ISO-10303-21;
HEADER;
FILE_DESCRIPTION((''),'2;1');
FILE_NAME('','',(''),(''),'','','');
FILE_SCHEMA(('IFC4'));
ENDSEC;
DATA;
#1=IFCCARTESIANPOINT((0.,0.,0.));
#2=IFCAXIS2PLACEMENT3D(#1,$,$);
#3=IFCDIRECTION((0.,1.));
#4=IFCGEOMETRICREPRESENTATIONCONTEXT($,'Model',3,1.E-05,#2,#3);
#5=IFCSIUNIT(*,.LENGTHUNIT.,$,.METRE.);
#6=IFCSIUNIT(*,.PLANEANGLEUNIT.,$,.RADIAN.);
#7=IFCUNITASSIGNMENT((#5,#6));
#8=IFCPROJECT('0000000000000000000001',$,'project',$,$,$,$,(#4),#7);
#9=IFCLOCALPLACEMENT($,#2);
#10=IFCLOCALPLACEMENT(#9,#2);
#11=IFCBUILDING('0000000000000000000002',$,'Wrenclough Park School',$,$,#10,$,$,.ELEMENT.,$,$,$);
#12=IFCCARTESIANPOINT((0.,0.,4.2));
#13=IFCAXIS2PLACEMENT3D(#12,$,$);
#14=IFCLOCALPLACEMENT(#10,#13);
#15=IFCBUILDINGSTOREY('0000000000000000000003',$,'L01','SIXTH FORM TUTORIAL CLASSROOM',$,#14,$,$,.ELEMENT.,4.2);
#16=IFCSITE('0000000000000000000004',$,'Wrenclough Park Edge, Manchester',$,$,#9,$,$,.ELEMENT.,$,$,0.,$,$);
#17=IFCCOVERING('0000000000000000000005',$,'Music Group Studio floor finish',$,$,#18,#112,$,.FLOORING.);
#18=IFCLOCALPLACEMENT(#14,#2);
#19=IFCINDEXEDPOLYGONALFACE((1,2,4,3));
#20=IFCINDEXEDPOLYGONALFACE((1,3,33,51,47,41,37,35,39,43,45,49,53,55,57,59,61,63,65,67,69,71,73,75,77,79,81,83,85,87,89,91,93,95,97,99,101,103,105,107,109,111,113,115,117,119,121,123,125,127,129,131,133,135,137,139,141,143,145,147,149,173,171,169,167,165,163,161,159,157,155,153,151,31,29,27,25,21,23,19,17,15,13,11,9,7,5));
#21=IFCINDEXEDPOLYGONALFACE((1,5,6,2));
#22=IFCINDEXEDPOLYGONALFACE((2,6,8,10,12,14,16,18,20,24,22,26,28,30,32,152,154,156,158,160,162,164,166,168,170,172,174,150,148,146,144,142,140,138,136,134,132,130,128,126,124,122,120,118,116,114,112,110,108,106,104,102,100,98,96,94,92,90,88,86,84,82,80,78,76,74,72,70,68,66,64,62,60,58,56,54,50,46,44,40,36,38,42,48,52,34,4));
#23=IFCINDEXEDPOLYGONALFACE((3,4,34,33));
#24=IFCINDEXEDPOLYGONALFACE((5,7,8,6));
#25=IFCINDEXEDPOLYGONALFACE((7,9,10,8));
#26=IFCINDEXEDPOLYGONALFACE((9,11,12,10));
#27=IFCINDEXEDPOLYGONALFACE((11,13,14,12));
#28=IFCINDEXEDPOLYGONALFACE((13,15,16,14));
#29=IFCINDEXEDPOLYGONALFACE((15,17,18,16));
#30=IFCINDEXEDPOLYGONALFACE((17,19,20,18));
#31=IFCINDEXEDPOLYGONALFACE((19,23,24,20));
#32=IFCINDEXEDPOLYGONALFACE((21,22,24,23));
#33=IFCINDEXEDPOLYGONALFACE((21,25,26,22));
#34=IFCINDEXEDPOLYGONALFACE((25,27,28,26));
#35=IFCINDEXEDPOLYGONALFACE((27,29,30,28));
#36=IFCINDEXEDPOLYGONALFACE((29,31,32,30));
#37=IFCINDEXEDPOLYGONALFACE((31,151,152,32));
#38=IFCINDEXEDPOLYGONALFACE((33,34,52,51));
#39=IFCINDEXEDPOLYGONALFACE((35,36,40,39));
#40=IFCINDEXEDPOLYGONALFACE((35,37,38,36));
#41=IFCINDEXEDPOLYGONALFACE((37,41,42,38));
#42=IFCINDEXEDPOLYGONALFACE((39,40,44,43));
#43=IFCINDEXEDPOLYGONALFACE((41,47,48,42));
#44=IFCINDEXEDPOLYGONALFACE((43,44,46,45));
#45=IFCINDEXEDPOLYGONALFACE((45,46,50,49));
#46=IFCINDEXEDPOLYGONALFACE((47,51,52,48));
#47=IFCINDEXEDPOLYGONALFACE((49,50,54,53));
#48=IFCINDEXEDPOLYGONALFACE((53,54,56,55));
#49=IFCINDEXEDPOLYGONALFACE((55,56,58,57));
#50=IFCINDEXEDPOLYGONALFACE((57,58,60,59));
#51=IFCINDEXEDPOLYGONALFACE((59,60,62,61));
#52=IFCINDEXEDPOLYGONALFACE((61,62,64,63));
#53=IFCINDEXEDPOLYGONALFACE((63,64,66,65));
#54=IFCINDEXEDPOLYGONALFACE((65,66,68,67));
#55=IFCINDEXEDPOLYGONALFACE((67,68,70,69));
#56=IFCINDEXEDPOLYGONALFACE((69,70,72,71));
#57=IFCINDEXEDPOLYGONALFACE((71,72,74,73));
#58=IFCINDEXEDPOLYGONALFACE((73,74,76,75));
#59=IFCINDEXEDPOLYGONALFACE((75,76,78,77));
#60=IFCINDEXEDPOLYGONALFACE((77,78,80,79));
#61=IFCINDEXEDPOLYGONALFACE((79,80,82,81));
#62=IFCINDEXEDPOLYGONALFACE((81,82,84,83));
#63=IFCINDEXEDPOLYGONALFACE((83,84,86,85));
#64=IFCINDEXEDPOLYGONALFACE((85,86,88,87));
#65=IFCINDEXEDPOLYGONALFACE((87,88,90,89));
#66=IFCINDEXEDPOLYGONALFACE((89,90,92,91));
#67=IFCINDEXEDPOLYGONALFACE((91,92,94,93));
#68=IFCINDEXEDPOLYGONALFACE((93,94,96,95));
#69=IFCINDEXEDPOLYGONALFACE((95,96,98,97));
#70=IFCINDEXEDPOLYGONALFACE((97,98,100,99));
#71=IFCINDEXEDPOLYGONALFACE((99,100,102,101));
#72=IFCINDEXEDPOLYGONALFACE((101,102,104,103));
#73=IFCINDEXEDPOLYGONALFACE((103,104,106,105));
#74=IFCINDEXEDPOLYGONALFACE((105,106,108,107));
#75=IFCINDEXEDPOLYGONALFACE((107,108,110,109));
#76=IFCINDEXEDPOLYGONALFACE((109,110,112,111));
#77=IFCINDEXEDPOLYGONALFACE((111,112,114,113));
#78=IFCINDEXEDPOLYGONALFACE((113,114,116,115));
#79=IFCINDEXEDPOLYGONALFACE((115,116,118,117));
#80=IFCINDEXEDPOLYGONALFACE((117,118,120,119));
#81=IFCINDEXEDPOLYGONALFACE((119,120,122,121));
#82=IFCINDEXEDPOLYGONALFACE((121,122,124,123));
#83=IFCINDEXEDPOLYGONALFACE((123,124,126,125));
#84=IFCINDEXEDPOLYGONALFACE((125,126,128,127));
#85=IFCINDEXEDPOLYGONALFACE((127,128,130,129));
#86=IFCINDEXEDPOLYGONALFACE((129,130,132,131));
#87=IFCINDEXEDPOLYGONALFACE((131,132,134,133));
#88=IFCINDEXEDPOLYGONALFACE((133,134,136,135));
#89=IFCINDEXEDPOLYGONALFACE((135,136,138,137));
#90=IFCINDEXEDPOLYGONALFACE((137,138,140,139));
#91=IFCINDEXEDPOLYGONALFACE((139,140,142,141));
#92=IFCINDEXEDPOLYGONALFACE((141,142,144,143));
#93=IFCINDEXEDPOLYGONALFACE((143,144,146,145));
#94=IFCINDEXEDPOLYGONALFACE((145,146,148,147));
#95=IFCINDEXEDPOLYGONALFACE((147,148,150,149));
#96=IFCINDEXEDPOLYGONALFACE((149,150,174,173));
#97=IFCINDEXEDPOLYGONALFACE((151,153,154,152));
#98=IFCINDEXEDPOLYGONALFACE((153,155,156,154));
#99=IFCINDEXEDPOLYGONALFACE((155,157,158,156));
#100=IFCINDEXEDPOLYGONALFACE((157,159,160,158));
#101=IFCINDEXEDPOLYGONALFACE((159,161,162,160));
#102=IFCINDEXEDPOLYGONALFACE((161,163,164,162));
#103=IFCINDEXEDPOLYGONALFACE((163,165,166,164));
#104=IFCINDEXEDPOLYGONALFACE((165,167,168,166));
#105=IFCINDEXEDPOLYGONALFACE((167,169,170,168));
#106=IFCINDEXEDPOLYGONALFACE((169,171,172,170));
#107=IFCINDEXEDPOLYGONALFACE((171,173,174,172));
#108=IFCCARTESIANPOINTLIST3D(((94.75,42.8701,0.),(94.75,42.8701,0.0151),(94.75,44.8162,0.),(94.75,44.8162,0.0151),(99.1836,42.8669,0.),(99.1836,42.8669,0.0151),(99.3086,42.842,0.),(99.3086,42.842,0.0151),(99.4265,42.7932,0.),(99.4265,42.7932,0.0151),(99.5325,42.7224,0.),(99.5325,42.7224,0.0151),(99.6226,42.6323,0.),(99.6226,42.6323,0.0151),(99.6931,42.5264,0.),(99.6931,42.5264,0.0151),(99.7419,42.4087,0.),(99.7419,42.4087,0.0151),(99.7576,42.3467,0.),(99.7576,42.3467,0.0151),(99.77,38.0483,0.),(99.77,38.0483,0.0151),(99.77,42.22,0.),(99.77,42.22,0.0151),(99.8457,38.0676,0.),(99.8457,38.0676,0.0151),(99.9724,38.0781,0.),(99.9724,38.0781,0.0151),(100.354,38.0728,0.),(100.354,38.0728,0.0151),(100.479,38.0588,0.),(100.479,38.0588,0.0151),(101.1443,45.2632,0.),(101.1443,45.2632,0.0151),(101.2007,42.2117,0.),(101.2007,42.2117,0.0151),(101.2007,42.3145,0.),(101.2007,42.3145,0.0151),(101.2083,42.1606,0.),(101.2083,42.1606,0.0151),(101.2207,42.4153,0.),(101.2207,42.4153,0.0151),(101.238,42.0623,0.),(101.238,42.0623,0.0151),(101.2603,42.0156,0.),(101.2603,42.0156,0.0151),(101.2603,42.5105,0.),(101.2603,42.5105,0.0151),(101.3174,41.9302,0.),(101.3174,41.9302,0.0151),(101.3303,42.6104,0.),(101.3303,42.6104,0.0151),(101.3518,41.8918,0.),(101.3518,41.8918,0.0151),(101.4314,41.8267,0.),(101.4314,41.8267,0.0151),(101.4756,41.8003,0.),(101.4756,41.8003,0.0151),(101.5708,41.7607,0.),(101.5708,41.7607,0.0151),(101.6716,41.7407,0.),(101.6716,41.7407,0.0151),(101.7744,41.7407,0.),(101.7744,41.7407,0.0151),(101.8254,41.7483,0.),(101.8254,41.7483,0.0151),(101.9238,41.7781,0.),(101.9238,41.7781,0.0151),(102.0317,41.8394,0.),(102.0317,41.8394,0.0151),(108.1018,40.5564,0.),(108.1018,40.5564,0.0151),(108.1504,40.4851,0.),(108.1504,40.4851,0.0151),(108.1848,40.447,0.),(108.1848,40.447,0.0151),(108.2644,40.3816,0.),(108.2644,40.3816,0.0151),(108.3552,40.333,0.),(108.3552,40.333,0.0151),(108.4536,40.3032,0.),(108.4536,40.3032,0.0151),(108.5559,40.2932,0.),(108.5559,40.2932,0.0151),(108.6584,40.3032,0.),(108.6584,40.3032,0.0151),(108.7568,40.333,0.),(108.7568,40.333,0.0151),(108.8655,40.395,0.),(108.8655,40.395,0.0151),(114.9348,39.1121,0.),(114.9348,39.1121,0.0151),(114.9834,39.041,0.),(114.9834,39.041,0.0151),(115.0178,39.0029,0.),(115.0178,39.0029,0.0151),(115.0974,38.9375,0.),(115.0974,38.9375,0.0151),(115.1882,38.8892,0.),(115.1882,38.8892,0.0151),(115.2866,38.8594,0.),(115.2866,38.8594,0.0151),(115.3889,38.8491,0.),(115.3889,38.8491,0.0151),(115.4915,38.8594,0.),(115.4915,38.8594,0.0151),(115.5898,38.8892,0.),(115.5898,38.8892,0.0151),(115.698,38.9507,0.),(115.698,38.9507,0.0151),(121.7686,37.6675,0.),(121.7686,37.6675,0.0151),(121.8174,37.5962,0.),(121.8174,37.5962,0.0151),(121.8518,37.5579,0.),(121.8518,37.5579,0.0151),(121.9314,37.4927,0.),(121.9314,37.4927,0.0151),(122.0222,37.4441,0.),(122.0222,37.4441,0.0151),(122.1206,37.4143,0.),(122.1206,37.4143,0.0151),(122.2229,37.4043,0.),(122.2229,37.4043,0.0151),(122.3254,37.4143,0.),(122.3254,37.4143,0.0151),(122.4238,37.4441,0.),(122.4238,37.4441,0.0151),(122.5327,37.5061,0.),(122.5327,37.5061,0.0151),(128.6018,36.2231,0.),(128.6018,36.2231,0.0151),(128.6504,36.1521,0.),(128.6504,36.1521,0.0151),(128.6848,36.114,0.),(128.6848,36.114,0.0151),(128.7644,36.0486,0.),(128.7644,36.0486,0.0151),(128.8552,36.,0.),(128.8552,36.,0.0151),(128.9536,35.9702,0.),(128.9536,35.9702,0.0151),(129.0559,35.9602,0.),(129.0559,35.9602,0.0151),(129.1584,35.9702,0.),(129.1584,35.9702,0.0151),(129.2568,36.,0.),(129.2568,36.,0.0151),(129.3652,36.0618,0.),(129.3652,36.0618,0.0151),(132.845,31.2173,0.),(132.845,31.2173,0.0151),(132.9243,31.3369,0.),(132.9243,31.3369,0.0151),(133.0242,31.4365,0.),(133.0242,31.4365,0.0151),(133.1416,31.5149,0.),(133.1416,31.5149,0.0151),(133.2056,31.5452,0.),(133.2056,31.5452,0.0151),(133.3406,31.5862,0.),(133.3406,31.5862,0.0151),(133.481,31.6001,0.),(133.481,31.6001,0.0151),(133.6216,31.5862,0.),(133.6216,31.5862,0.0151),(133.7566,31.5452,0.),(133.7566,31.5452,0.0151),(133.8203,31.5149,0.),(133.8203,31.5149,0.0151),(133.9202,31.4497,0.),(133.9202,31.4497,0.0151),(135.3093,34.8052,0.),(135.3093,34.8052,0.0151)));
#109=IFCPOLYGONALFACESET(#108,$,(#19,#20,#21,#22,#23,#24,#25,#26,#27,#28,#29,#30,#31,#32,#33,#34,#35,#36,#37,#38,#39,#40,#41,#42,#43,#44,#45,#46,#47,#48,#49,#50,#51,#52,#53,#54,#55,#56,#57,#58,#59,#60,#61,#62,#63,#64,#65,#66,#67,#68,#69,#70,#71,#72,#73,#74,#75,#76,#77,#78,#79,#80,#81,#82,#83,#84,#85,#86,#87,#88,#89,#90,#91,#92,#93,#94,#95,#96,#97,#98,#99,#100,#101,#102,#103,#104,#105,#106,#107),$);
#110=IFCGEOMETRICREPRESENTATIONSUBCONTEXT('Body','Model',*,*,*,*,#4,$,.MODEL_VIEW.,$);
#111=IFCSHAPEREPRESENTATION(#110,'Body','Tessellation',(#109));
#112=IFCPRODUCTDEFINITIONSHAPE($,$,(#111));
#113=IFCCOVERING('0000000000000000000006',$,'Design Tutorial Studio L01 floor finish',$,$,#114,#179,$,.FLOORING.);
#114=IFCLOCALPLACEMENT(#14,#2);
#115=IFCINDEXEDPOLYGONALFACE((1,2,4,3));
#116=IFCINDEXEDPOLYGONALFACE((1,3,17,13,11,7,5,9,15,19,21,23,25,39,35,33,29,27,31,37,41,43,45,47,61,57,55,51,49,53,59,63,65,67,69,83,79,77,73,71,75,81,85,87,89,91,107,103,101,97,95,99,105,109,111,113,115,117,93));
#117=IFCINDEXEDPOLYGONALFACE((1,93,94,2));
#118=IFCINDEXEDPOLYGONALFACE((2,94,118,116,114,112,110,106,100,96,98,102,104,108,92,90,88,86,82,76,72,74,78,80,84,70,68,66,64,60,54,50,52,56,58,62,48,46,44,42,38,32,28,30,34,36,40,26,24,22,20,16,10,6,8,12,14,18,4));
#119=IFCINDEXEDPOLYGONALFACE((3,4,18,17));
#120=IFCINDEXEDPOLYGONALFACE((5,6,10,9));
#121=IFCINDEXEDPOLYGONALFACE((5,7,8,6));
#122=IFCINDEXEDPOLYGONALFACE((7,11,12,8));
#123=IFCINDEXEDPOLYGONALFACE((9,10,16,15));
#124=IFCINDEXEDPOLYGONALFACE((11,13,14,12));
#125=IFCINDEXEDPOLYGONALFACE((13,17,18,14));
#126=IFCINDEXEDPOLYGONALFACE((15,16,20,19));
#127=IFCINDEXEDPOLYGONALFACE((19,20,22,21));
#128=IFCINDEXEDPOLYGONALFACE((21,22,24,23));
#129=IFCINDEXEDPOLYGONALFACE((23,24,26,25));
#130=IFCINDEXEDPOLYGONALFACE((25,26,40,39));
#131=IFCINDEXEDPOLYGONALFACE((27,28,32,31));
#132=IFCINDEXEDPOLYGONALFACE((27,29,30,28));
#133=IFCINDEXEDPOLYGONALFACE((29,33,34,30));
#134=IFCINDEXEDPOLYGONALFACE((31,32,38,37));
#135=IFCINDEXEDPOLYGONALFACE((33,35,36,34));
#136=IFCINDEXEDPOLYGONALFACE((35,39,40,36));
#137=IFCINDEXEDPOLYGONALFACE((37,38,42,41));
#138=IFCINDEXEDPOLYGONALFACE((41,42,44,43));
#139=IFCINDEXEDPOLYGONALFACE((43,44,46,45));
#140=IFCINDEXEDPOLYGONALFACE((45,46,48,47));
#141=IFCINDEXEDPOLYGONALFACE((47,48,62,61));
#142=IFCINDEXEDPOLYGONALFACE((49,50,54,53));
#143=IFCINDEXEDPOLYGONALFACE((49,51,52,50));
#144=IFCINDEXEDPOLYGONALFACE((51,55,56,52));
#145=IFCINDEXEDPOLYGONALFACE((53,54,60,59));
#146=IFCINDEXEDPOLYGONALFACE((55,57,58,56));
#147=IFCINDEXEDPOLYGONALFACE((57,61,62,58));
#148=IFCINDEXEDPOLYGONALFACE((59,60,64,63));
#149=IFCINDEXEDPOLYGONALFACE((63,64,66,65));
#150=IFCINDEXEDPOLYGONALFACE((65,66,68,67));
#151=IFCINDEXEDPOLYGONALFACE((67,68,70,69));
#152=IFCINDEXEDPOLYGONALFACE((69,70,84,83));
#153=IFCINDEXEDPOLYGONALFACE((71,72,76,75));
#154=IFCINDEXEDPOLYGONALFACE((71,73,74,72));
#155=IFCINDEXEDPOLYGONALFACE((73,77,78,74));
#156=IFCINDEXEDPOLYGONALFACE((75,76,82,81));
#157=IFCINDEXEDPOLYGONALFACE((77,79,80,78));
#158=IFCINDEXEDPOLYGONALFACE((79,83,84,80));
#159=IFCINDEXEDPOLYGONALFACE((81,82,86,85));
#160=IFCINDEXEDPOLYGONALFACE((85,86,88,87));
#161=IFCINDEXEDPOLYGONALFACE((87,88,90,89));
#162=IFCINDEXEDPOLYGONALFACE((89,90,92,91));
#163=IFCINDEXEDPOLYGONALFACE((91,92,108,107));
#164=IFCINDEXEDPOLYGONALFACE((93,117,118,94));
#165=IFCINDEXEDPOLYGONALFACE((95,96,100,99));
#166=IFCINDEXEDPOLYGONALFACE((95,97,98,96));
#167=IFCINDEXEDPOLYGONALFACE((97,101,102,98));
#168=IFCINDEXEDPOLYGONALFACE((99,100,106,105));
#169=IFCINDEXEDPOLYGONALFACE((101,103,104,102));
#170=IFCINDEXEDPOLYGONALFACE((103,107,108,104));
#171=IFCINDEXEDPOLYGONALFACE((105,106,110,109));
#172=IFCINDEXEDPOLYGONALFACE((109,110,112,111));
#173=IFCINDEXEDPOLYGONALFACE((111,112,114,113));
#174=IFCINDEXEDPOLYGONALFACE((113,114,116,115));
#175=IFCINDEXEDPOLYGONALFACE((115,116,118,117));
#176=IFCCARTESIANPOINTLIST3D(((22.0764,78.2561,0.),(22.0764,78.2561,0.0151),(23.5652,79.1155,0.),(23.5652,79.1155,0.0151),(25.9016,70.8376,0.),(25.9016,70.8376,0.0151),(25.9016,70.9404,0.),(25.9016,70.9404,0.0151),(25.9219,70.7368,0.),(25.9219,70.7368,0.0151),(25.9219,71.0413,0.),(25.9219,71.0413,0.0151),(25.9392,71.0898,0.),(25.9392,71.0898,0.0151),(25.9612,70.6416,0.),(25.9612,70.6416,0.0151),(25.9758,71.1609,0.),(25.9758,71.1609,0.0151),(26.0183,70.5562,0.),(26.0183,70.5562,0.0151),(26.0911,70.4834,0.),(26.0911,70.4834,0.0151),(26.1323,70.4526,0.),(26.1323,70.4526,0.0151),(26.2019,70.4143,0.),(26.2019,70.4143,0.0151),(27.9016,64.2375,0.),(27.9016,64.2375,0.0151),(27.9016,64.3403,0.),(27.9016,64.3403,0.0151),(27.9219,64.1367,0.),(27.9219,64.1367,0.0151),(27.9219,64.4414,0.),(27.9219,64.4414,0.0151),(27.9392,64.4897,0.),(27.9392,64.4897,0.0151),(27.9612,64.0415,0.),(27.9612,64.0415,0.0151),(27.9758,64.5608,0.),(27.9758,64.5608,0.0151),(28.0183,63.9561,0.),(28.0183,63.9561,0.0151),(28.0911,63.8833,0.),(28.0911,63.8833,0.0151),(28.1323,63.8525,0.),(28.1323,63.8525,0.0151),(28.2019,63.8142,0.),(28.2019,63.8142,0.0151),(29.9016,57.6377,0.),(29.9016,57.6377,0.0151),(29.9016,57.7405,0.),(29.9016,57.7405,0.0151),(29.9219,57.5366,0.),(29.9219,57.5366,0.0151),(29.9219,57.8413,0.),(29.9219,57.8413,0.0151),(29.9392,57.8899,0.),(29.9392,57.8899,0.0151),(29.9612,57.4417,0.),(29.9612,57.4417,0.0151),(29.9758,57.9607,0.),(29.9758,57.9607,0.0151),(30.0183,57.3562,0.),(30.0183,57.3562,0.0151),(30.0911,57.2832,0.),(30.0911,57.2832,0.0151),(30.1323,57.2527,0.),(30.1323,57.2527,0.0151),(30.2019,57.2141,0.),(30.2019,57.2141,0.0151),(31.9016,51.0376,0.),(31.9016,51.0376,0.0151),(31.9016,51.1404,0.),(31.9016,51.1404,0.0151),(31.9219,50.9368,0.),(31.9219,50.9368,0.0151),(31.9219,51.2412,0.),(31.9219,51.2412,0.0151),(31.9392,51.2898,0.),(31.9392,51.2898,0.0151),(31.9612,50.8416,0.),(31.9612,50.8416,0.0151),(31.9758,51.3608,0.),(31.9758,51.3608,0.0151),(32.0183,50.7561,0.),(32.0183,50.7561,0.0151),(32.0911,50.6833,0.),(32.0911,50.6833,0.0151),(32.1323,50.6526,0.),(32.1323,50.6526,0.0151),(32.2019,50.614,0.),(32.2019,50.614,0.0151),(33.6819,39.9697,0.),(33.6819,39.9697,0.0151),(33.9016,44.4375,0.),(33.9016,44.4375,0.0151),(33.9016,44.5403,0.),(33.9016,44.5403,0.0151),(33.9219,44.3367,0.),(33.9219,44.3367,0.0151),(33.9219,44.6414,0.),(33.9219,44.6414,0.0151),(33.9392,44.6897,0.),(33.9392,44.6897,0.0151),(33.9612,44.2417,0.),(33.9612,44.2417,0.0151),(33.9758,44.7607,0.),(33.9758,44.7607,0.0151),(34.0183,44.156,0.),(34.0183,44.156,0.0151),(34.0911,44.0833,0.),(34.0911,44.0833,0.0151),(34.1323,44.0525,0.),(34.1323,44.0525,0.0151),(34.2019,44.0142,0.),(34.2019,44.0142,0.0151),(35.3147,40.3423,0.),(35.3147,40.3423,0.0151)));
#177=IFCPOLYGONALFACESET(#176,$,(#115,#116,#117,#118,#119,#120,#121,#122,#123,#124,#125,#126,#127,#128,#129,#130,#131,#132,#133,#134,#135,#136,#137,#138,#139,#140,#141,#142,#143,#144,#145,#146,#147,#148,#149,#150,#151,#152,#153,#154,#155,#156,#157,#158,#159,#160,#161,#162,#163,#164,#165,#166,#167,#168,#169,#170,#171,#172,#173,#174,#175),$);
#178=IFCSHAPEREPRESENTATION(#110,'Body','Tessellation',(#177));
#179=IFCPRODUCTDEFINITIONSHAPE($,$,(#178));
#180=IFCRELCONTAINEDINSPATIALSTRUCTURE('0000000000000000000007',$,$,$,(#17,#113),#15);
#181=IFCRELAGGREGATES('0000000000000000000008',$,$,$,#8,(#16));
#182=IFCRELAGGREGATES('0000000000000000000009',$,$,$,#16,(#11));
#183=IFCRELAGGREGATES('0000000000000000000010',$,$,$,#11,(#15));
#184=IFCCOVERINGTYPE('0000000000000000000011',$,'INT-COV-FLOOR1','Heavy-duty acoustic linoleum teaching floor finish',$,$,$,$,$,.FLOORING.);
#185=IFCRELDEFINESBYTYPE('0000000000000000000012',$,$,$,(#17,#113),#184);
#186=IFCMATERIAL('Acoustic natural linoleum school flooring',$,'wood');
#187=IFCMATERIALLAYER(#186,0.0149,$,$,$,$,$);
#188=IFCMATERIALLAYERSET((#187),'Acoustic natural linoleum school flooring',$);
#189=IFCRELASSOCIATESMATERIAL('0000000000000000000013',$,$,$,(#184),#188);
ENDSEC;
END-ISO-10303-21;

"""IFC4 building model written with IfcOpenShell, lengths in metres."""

from ifc_helpers import new_model, si_unit, direction, frame, origin, place, context, subcontext, project, spatial, polyline, outline, extrude, material, layer, layer_set, type_object, element, save


model = new_model("IFC4")

# Units and contexts
model_context = context("Model", 3, precision=1e-05, world=origin(), true_north=direction((0.0, 1.0)))
body_context = subcontext(model_context, "Body", "Model", "MODEL_VIEW")
ifc_project = project(units=[si_unit("LENGTHUNIT", "METRE"), si_unit("PLANEANGLEUNIT", "RADIAN")], contexts=[model_context])

# Site, building, storey
site_placement = place(None, origin())
site = spatial("IfcSite", under=ifc_project, at=site_placement, Name="Wrenclough Park Edge, Manchester", CompositionType="ELEMENT", RefElevation=0.0)
building_placement = place(site_placement, origin())
building = spatial("IfcBuilding", under=site, at=building_placement, Name="Wrenclough Park School", CompositionType="ELEMENT")
storey_placement = place(building_placement, frame((0.0, 0.0, 4.2)))
storey = spatial("IfcBuildingStorey", under=building, at=storey_placement, Name="L01", Description="SIXTH FORM TUTORIAL CLASSROOM", CompositionType="ELEMENT", Elevation=4.2)

# Coverings
ifc_material_1 = material(Name="Acoustic natural linoleum school flooring", Category="wood")
ifc_layer_1 = layer(ifc_material_1, 0.0149)
ifc_layer_set_1 = layer_set([ifc_layer_1], Name="Acoustic natural linoleum school flooring")
covering_type_1 = type_object("IfcCoveringType", Name="INT-COV-FLOOR1", Description="Heavy-duty acoustic linoleum teaching floor finish", PredefinedType="FLOORING", material=ifc_layer_set_1)
covering_1_placement = place(storey_placement, origin())
element("IfcCovering", 1, at=covering_1_placement, inside=storey, type_object=covering_type_1, Name="Music Group Studio floor finish", PredefinedType="FLOORING", context=body_context, shape_type="SweptSolid", body=[
    extrude(outline(polyline([(99.77, 42.22), (99.77, 38.0483), (99.8457, 38.0676), (99.9724, 38.0781), (100.354, 38.0728), (100.479, 38.0588), (132.845, 31.2173), (132.9243, 31.3369), (133.0242, 31.4365), (133.1416, 31.5149), (133.2056, 31.5452), (133.3406, 31.5862), (133.481, 31.6001), (133.6216, 31.5862), (133.7566, 31.5452), (133.8203, 31.5149), (133.9202, 31.4497), (135.3093, 34.8052), (129.3652, 36.0618), (129.2568, 36.0), (129.1584, 35.9702), (129.0559, 35.9602), (128.9536, 35.9702), (128.8552, 36.0), (128.7644, 36.0486), (128.6848, 36.114), (128.6504, 36.1521), (128.6018, 36.2231), (122.5327, 37.5061), (122.4238, 37.4441), (122.3254, 37.4143), (122.2229, 37.4043), (122.1206, 37.4143), (122.0222, 37.4441), (121.9314, 37.4927), (121.8518, 37.5579), (121.8174, 37.5962), (121.7686, 37.6675), (115.698, 38.9507), (115.5898, 38.8892), (115.4915, 38.8594), (115.3889, 38.8491), (115.2866, 38.8594), (115.1882, 38.8892), (115.0974, 38.9375), (115.0178, 39.0029), (114.9834, 39.041), (114.9348, 39.1121), (108.8655, 40.395), (108.7568, 40.333), (108.6584, 40.3032), (108.5559, 40.2932), (108.4536, 40.3032), (108.3552, 40.333), (108.2644, 40.3816), (108.1848, 40.447), (108.1504, 40.4851), (108.1018, 40.5564), (102.0317, 41.8394), (101.9238, 41.7781), (101.8254, 41.7483), (101.7744, 41.7407), (101.6716, 41.7407), (101.5708, 41.7607), (101.4756, 41.8003), (101.4314, 41.8267), (101.3518, 41.8918), (101.3174, 41.9302), (101.2603, 42.0156), (101.238, 42.0623), (101.2083, 42.1606), (101.2007, 42.2117), (101.2007, 42.3145), (101.2207, 42.4153), (101.2603, 42.5105), (101.3303, 42.6104), (101.1443, 45.2632), (94.75, 44.8162), (94.75, 42.8701), (99.1836, 42.8669), (99.3086, 42.842), (99.4265, 42.7932), (99.5325, 42.7224), (99.6226, 42.6323), (99.6931, 42.5264), (99.7419, 42.4087), (99.7576, 42.3467), (99.77, 42.22)])), origin(), (0.0, 0.0, 1.0), 0.0151),
])
covering_2_placement = place(storey_placement, origin())
element("IfcCovering", 2, at=covering_2_placement, inside=storey, type_object=covering_type_1, Name="Design Tutorial Studio L01 floor finish", PredefinedType="FLOORING", context=body_context, shape_type="SweptSolid", body=[
    extrude(outline(polyline([(33.6819, 39.9697), (35.3147, 40.3423), (34.2019, 44.0142), (34.1323, 44.0525), (34.0911, 44.0833), (34.0183, 44.156), (33.9612, 44.2417), (33.9219, 44.3367), (33.9016, 44.4375), (33.9016, 44.5403), (33.9219, 44.6414), (33.9392, 44.6897), (33.9758, 44.7607), (32.2019, 50.614), (32.1323, 50.6526), (32.0911, 50.6833), (32.0183, 50.7561), (31.9612, 50.8416), (31.9219, 50.9368), (31.9016, 51.0376), (31.9016, 51.1404), (31.9219, 51.2412), (31.9392, 51.2898), (31.9758, 51.3608), (30.2019, 57.2141), (30.1323, 57.2527), (30.0911, 57.2832), (30.0183, 57.3562), (29.9612, 57.4417), (29.9219, 57.5366), (29.9016, 57.6377), (29.9016, 57.7405), (29.9219, 57.8413), (29.9392, 57.8899), (29.9758, 57.9607), (28.2019, 63.8142), (28.1323, 63.8525), (28.0911, 63.8833), (28.0183, 63.9561), (27.9612, 64.0415), (27.9219, 64.1367), (27.9016, 64.2375), (27.9016, 64.3403), (27.9219, 64.4414), (27.9392, 64.4897), (27.9758, 64.5608), (26.2019, 70.4143), (26.1323, 70.4526), (26.0911, 70.4834), (26.0183, 70.5562), (25.9612, 70.6416), (25.9219, 70.7368), (25.9016, 70.8376), (25.9016, 70.9404), (25.9219, 71.0413), (25.9392, 71.0898), (25.9758, 71.1609), (23.5652, 79.1155), (22.0764, 78.2561), (33.6819, 39.9697)])), origin(), (0.0, 0.0, 1.0), 0.0151),
])

save(model, "model.ifc")
